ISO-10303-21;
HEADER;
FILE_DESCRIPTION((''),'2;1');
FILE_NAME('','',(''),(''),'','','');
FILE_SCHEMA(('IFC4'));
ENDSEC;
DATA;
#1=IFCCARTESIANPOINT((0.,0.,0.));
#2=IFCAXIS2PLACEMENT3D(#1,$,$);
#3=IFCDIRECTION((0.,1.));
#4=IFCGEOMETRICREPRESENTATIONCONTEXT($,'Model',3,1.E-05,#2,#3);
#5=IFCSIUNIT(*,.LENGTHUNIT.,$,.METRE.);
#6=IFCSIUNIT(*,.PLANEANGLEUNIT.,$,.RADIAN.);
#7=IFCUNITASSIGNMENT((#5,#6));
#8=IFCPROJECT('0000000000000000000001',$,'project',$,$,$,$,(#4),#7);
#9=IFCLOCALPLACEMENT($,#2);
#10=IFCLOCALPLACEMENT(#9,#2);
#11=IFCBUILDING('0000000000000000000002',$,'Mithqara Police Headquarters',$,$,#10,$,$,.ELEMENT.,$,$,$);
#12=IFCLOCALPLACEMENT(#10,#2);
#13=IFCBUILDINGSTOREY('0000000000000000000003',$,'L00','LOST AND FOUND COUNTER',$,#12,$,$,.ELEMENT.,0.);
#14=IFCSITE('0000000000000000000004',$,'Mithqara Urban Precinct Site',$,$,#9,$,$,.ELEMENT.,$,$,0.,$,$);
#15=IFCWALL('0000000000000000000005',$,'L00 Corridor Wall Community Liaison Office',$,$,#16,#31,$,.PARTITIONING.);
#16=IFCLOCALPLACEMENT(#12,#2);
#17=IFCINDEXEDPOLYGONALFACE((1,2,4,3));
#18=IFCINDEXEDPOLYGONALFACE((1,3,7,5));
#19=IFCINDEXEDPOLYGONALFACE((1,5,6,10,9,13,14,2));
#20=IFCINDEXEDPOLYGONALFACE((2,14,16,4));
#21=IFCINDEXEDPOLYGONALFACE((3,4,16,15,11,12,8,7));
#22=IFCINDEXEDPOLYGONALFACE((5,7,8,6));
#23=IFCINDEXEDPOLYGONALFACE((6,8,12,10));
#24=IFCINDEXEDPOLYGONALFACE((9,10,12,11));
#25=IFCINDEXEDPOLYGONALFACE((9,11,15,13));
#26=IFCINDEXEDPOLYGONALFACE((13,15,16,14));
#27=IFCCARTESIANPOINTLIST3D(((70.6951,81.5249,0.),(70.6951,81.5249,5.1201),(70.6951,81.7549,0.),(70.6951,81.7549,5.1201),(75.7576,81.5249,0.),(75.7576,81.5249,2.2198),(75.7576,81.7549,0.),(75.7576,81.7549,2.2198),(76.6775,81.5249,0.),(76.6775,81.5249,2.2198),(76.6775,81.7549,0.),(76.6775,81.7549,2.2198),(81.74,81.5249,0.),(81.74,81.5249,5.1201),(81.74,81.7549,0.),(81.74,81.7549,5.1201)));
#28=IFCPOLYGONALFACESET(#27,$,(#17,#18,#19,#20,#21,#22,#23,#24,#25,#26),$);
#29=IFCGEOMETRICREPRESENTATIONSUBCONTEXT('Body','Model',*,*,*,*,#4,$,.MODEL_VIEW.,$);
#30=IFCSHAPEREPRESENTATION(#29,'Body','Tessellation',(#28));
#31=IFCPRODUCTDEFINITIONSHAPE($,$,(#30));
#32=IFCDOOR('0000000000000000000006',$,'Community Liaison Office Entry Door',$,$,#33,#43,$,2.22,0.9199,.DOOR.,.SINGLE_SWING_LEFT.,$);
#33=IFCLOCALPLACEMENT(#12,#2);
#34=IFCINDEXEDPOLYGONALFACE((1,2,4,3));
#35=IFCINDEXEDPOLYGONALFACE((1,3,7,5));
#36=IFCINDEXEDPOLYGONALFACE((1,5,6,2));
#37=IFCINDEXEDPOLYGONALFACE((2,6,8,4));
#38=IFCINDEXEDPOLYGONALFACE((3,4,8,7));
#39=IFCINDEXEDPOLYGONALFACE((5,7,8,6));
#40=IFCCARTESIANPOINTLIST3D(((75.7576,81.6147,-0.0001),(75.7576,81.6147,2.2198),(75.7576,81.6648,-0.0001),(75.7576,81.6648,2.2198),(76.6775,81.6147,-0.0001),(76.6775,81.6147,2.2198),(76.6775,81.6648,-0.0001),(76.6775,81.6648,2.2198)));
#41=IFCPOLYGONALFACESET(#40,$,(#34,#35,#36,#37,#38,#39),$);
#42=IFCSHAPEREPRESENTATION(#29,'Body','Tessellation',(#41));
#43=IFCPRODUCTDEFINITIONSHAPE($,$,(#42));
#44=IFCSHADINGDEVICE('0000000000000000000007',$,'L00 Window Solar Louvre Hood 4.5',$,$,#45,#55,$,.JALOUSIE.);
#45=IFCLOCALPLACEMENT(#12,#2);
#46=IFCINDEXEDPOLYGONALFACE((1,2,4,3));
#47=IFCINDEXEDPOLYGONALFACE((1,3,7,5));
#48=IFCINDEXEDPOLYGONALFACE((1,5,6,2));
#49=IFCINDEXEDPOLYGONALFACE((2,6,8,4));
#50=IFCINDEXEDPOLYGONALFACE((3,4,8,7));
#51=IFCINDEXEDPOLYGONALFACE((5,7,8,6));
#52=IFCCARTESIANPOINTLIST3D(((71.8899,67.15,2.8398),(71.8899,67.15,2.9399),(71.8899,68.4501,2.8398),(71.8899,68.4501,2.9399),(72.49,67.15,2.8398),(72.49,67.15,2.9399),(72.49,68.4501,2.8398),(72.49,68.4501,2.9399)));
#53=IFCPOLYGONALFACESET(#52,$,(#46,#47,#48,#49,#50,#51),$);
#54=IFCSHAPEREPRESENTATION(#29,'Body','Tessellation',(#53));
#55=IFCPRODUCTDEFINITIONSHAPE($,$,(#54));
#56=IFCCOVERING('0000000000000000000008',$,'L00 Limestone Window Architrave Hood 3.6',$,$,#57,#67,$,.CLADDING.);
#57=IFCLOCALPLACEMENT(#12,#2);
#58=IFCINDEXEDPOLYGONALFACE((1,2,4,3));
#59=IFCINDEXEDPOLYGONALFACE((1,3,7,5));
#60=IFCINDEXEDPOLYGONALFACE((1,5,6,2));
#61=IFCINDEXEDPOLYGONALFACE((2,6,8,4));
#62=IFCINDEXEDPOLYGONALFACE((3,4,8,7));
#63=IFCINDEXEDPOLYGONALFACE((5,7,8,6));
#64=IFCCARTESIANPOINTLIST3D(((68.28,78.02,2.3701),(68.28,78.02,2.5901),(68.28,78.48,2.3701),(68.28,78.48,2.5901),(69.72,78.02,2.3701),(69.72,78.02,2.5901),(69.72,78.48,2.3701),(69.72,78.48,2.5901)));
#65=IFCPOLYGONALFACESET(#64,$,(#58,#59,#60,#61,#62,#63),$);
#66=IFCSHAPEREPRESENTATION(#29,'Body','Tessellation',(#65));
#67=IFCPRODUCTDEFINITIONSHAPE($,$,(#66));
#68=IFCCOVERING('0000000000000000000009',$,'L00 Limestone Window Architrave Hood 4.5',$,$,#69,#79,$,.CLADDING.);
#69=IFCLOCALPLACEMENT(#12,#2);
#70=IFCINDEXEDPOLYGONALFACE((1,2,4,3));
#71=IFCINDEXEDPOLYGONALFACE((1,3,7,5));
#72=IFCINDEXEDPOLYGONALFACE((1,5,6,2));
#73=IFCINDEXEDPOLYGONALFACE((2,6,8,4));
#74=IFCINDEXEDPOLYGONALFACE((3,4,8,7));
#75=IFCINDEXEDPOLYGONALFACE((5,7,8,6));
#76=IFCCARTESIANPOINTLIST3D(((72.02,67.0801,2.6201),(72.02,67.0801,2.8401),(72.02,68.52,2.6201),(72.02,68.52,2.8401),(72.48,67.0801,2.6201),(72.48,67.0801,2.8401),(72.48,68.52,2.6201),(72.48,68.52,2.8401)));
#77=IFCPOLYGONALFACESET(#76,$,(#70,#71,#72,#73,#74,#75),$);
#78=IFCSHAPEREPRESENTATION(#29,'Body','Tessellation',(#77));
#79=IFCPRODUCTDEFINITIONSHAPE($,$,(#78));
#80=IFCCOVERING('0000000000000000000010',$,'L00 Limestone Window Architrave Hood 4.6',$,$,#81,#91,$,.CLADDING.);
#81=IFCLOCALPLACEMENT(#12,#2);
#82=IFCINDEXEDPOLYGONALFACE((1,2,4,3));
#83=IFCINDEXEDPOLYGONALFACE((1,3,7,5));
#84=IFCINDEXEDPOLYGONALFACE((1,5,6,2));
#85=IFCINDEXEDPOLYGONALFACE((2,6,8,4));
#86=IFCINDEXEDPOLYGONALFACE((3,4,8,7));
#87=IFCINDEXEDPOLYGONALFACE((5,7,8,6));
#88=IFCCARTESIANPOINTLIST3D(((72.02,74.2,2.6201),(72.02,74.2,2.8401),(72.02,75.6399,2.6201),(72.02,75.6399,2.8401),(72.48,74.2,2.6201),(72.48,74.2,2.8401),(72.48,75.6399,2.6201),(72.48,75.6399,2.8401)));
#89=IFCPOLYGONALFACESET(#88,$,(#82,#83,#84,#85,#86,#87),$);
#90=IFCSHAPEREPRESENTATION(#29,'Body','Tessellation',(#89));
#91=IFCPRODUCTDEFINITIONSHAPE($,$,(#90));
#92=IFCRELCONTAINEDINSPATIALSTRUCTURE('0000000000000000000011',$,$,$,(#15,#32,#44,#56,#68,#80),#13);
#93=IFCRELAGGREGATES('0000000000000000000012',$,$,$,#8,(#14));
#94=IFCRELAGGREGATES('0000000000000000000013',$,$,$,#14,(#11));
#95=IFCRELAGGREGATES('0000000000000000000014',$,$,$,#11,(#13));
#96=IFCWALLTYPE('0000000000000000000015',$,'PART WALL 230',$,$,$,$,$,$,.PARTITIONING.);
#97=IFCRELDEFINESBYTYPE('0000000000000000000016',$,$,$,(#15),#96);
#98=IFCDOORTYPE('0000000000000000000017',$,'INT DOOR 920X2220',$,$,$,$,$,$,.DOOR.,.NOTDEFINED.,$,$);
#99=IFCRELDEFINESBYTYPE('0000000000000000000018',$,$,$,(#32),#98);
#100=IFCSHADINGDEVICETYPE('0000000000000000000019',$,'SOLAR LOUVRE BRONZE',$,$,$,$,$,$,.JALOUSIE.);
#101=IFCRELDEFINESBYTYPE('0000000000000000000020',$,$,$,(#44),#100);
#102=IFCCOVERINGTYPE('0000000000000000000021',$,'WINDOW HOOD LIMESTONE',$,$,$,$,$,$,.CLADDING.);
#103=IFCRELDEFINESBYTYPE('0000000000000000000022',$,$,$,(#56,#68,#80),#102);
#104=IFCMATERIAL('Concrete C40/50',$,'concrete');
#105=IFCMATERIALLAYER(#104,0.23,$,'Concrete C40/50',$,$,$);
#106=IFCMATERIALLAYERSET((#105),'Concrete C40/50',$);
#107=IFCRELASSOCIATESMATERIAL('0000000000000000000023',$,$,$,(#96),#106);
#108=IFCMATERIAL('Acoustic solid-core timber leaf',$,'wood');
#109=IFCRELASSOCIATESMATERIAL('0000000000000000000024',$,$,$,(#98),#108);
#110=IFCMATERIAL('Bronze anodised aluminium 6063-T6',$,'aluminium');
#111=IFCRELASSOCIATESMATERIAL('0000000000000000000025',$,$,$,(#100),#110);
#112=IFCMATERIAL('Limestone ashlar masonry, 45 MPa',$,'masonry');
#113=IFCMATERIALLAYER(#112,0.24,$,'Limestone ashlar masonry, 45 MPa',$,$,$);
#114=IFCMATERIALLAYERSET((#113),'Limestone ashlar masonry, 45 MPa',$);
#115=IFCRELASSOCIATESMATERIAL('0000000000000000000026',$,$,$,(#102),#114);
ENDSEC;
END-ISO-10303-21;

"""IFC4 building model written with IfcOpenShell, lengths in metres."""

from ifc_helpers import new_model, si_unit, direction, frame, frame_2d, origin, origin_2d, place, context, subcontext, project, spatial, rectangle, extrude, material, layer, layer_set, type_object, element, fill, save


model = new_model("IFC4")

# Units and contexts
model_context = context("Model", 3, precision=1e-05, world=origin(), true_north=direction((0.0, 1.0)))
body_context = subcontext(model_context, "Body", "Model", "MODEL_VIEW")
ifc_project = project(units=[si_unit("LENGTHUNIT", "METRE"), si_unit("PLANEANGLEUNIT", "RADIAN")], contexts=[model_context])

# Site, building, storey
site_placement = place(None, origin())
site = spatial("IfcSite", under=ifc_project, at=site_placement, Name="Mithqara Urban Precinct Site", CompositionType="ELEMENT", RefElevation=0.0)
building_placement = place(site_placement, origin())
building = spatial("IfcBuilding", under=site, at=building_placement, Name="Mithqara Police Headquarters", CompositionType="ELEMENT")
storey_placement = place(building_placement, origin())
storey = spatial("IfcBuildingStorey", under=building, at=storey_placement, Name="L00", Description="LOST AND FOUND COUNTER", CompositionType="ELEMENT", Elevation=0.0)

# Shared definitions
ifc_material_1 = material(Name="Concrete C40/50", Category="concrete")

# Shared definitions
ifc_material_2 = material(Name="Limestone ashlar masonry, 45 MPa", Category="masonry")

# Shared definitions
ifc_layer_1 = layer(ifc_material_1, 0.23, Name="Concrete C40/50")
ifc_layer_set_1 = layer_set([ifc_layer_1], Name="Concrete C40/50")
wall_type_1 = type_object("IfcWallType", Name="PART WALL 230", PredefinedType="PARTITIONING", material=ifc_layer_set_1)

# Wall, opening, door
wall_1_placement = place(storey_placement, frame((70.6951, 81.6399, 0.0), z_axis=(0.0, 0.0, 1.0), x_axis=(1.0, 0.0, 0.0)))
wall_1 = element("IfcWall", 1, at=wall_1_placement, inside=storey, type_object=wall_type_1, Name="L00 Corridor Wall Community Liaison Office", PredefinedType="PARTITIONING", context=body_context, shape_type="SweptSolid", body=[
    extrude(rectangle(XDim=11.0449, YDim=0.23, at=frame_2d((5.5225, 0.0))), origin(), (0.0, 0.0, 1.0), 5.1201),
])
opening_1_placement = place(wall_1_placement, frame((5.0625, 0.0, 0.0)))
opening_1 = element("IfcOpeningElement", 2, at=opening_1_placement, cuts=wall_1, PredefinedType="OPENING", context=body_context, shape_type="SweptSolid", body=[
    extrude(rectangle(XDim=0.9199, YDim=2.22, at=frame_2d((0.46, 1.1099))), frame((0.0, 0.125, 0.0), z_axis=(0.0, -1.0, 0.0), x_axis=(1.0, 0.0, 0.0)), (0.0, 0.0, 1.0), 0.25),
])
ifc_material_3 = material(Name="Acoustic solid-core timber leaf", Category="wood")
door_type = type_object("IfcDoorType", Name="INT DOOR 920X2220", OperationType="NOTDEFINED", PredefinedType="DOOR", material=ifc_material_3)
door_placement = place(opening_1_placement, origin())
door = element("IfcDoor", 3, at=door_placement, inside=storey, type_object=door_type, Name="Community Liaison Office Entry Door", OperationType="SINGLE_SWING_LEFT", OverallHeight=2.22, OverallWidth=0.9199, PredefinedType="DOOR", context=body_context, shape_type="SweptSolid", body=[
    extrude(rectangle(XDim=0.9199, YDim=2.22, at=frame_2d((0.46, 1.1099))), frame((0.0, 0.0249, 0.0), z_axis=(0.0, -1.0, 0.0), x_axis=(1.0, 0.0, 0.0)), (0.0, 0.0, 1.0), 0.05),
])
fill(opening_1, door)

# Shading device
ifc_material_4 = material(Name="Bronze anodised aluminium 6063-T6", Category="aluminium")
shading_device_type = type_object("IfcShadingDeviceType", Name="SOLAR LOUVRE BRONZE", PredefinedType="JALOUSIE", material=ifc_material_4)
shading_device_placement = place(storey_placement, frame((72.1899, 67.8, 2.8398), z_axis=(0.0, 0.0, 1.0), x_axis=(0.0, 1.0, 0.0)))
element("IfcShadingDevice", 4, at=shading_device_placement, inside=storey, type_object=shading_device_type, Name="L00 Window Solar Louvre Hood 4.5", PredefinedType="JALOUSIE", context=body_context, shape_type="SweptSolid", body=[
    extrude(rectangle(XDim=1.3, YDim=0.6001, at=origin_2d()), origin(), (0.0, 0.0, 1.0), 0.1001),
])

# Coverings
ifc_layer_2 = layer(ifc_material_2, 0.24, Name="Limestone ashlar masonry, 45 MPa")
ifc_layer_set_2 = layer_set([ifc_layer_2], Name="Limestone ashlar masonry, 45 MPa")
covering_type = type_object("IfcCoveringType", Name="WINDOW HOOD LIMESTONE", PredefinedType="CLADDING", material=ifc_layer_set_2)
for number, where, z_axis, x_axis, name in (
    (5, (69.0, 78.25, 2.3701), (0.0, 0.0, 1.0), (1.0, 0.0, 0.0), "L00 Limestone Window Architrave Hood 3.6"),
    (6, (72.25, 67.8, 2.6201), (0.0, 0.0, 1.0), (0.0, 1.0, 0.0), "L00 Limestone Window Architrave Hood 4.5"),
    (7, (72.25, 74.9199, 2.6201), (0.0, 0.0, 1.0), (0.0, 1.0, 0.0), "L00 Limestone Window Architrave Hood 4.6"),
):
    element("IfcCovering", number, at=place(storey_placement, frame(where, z_axis=z_axis, x_axis=x_axis)), inside=storey, type_object=covering_type, Name=name, PredefinedType="CLADDING", context=body_context, shape_type="SweptSolid", body=[
        extrude(rectangle(XDim=1.4399, YDim=0.46, at=origin_2d()), origin(), (0.0, 0.0, 1.0), 0.22),
    ])

save(model, "model.ifc")
